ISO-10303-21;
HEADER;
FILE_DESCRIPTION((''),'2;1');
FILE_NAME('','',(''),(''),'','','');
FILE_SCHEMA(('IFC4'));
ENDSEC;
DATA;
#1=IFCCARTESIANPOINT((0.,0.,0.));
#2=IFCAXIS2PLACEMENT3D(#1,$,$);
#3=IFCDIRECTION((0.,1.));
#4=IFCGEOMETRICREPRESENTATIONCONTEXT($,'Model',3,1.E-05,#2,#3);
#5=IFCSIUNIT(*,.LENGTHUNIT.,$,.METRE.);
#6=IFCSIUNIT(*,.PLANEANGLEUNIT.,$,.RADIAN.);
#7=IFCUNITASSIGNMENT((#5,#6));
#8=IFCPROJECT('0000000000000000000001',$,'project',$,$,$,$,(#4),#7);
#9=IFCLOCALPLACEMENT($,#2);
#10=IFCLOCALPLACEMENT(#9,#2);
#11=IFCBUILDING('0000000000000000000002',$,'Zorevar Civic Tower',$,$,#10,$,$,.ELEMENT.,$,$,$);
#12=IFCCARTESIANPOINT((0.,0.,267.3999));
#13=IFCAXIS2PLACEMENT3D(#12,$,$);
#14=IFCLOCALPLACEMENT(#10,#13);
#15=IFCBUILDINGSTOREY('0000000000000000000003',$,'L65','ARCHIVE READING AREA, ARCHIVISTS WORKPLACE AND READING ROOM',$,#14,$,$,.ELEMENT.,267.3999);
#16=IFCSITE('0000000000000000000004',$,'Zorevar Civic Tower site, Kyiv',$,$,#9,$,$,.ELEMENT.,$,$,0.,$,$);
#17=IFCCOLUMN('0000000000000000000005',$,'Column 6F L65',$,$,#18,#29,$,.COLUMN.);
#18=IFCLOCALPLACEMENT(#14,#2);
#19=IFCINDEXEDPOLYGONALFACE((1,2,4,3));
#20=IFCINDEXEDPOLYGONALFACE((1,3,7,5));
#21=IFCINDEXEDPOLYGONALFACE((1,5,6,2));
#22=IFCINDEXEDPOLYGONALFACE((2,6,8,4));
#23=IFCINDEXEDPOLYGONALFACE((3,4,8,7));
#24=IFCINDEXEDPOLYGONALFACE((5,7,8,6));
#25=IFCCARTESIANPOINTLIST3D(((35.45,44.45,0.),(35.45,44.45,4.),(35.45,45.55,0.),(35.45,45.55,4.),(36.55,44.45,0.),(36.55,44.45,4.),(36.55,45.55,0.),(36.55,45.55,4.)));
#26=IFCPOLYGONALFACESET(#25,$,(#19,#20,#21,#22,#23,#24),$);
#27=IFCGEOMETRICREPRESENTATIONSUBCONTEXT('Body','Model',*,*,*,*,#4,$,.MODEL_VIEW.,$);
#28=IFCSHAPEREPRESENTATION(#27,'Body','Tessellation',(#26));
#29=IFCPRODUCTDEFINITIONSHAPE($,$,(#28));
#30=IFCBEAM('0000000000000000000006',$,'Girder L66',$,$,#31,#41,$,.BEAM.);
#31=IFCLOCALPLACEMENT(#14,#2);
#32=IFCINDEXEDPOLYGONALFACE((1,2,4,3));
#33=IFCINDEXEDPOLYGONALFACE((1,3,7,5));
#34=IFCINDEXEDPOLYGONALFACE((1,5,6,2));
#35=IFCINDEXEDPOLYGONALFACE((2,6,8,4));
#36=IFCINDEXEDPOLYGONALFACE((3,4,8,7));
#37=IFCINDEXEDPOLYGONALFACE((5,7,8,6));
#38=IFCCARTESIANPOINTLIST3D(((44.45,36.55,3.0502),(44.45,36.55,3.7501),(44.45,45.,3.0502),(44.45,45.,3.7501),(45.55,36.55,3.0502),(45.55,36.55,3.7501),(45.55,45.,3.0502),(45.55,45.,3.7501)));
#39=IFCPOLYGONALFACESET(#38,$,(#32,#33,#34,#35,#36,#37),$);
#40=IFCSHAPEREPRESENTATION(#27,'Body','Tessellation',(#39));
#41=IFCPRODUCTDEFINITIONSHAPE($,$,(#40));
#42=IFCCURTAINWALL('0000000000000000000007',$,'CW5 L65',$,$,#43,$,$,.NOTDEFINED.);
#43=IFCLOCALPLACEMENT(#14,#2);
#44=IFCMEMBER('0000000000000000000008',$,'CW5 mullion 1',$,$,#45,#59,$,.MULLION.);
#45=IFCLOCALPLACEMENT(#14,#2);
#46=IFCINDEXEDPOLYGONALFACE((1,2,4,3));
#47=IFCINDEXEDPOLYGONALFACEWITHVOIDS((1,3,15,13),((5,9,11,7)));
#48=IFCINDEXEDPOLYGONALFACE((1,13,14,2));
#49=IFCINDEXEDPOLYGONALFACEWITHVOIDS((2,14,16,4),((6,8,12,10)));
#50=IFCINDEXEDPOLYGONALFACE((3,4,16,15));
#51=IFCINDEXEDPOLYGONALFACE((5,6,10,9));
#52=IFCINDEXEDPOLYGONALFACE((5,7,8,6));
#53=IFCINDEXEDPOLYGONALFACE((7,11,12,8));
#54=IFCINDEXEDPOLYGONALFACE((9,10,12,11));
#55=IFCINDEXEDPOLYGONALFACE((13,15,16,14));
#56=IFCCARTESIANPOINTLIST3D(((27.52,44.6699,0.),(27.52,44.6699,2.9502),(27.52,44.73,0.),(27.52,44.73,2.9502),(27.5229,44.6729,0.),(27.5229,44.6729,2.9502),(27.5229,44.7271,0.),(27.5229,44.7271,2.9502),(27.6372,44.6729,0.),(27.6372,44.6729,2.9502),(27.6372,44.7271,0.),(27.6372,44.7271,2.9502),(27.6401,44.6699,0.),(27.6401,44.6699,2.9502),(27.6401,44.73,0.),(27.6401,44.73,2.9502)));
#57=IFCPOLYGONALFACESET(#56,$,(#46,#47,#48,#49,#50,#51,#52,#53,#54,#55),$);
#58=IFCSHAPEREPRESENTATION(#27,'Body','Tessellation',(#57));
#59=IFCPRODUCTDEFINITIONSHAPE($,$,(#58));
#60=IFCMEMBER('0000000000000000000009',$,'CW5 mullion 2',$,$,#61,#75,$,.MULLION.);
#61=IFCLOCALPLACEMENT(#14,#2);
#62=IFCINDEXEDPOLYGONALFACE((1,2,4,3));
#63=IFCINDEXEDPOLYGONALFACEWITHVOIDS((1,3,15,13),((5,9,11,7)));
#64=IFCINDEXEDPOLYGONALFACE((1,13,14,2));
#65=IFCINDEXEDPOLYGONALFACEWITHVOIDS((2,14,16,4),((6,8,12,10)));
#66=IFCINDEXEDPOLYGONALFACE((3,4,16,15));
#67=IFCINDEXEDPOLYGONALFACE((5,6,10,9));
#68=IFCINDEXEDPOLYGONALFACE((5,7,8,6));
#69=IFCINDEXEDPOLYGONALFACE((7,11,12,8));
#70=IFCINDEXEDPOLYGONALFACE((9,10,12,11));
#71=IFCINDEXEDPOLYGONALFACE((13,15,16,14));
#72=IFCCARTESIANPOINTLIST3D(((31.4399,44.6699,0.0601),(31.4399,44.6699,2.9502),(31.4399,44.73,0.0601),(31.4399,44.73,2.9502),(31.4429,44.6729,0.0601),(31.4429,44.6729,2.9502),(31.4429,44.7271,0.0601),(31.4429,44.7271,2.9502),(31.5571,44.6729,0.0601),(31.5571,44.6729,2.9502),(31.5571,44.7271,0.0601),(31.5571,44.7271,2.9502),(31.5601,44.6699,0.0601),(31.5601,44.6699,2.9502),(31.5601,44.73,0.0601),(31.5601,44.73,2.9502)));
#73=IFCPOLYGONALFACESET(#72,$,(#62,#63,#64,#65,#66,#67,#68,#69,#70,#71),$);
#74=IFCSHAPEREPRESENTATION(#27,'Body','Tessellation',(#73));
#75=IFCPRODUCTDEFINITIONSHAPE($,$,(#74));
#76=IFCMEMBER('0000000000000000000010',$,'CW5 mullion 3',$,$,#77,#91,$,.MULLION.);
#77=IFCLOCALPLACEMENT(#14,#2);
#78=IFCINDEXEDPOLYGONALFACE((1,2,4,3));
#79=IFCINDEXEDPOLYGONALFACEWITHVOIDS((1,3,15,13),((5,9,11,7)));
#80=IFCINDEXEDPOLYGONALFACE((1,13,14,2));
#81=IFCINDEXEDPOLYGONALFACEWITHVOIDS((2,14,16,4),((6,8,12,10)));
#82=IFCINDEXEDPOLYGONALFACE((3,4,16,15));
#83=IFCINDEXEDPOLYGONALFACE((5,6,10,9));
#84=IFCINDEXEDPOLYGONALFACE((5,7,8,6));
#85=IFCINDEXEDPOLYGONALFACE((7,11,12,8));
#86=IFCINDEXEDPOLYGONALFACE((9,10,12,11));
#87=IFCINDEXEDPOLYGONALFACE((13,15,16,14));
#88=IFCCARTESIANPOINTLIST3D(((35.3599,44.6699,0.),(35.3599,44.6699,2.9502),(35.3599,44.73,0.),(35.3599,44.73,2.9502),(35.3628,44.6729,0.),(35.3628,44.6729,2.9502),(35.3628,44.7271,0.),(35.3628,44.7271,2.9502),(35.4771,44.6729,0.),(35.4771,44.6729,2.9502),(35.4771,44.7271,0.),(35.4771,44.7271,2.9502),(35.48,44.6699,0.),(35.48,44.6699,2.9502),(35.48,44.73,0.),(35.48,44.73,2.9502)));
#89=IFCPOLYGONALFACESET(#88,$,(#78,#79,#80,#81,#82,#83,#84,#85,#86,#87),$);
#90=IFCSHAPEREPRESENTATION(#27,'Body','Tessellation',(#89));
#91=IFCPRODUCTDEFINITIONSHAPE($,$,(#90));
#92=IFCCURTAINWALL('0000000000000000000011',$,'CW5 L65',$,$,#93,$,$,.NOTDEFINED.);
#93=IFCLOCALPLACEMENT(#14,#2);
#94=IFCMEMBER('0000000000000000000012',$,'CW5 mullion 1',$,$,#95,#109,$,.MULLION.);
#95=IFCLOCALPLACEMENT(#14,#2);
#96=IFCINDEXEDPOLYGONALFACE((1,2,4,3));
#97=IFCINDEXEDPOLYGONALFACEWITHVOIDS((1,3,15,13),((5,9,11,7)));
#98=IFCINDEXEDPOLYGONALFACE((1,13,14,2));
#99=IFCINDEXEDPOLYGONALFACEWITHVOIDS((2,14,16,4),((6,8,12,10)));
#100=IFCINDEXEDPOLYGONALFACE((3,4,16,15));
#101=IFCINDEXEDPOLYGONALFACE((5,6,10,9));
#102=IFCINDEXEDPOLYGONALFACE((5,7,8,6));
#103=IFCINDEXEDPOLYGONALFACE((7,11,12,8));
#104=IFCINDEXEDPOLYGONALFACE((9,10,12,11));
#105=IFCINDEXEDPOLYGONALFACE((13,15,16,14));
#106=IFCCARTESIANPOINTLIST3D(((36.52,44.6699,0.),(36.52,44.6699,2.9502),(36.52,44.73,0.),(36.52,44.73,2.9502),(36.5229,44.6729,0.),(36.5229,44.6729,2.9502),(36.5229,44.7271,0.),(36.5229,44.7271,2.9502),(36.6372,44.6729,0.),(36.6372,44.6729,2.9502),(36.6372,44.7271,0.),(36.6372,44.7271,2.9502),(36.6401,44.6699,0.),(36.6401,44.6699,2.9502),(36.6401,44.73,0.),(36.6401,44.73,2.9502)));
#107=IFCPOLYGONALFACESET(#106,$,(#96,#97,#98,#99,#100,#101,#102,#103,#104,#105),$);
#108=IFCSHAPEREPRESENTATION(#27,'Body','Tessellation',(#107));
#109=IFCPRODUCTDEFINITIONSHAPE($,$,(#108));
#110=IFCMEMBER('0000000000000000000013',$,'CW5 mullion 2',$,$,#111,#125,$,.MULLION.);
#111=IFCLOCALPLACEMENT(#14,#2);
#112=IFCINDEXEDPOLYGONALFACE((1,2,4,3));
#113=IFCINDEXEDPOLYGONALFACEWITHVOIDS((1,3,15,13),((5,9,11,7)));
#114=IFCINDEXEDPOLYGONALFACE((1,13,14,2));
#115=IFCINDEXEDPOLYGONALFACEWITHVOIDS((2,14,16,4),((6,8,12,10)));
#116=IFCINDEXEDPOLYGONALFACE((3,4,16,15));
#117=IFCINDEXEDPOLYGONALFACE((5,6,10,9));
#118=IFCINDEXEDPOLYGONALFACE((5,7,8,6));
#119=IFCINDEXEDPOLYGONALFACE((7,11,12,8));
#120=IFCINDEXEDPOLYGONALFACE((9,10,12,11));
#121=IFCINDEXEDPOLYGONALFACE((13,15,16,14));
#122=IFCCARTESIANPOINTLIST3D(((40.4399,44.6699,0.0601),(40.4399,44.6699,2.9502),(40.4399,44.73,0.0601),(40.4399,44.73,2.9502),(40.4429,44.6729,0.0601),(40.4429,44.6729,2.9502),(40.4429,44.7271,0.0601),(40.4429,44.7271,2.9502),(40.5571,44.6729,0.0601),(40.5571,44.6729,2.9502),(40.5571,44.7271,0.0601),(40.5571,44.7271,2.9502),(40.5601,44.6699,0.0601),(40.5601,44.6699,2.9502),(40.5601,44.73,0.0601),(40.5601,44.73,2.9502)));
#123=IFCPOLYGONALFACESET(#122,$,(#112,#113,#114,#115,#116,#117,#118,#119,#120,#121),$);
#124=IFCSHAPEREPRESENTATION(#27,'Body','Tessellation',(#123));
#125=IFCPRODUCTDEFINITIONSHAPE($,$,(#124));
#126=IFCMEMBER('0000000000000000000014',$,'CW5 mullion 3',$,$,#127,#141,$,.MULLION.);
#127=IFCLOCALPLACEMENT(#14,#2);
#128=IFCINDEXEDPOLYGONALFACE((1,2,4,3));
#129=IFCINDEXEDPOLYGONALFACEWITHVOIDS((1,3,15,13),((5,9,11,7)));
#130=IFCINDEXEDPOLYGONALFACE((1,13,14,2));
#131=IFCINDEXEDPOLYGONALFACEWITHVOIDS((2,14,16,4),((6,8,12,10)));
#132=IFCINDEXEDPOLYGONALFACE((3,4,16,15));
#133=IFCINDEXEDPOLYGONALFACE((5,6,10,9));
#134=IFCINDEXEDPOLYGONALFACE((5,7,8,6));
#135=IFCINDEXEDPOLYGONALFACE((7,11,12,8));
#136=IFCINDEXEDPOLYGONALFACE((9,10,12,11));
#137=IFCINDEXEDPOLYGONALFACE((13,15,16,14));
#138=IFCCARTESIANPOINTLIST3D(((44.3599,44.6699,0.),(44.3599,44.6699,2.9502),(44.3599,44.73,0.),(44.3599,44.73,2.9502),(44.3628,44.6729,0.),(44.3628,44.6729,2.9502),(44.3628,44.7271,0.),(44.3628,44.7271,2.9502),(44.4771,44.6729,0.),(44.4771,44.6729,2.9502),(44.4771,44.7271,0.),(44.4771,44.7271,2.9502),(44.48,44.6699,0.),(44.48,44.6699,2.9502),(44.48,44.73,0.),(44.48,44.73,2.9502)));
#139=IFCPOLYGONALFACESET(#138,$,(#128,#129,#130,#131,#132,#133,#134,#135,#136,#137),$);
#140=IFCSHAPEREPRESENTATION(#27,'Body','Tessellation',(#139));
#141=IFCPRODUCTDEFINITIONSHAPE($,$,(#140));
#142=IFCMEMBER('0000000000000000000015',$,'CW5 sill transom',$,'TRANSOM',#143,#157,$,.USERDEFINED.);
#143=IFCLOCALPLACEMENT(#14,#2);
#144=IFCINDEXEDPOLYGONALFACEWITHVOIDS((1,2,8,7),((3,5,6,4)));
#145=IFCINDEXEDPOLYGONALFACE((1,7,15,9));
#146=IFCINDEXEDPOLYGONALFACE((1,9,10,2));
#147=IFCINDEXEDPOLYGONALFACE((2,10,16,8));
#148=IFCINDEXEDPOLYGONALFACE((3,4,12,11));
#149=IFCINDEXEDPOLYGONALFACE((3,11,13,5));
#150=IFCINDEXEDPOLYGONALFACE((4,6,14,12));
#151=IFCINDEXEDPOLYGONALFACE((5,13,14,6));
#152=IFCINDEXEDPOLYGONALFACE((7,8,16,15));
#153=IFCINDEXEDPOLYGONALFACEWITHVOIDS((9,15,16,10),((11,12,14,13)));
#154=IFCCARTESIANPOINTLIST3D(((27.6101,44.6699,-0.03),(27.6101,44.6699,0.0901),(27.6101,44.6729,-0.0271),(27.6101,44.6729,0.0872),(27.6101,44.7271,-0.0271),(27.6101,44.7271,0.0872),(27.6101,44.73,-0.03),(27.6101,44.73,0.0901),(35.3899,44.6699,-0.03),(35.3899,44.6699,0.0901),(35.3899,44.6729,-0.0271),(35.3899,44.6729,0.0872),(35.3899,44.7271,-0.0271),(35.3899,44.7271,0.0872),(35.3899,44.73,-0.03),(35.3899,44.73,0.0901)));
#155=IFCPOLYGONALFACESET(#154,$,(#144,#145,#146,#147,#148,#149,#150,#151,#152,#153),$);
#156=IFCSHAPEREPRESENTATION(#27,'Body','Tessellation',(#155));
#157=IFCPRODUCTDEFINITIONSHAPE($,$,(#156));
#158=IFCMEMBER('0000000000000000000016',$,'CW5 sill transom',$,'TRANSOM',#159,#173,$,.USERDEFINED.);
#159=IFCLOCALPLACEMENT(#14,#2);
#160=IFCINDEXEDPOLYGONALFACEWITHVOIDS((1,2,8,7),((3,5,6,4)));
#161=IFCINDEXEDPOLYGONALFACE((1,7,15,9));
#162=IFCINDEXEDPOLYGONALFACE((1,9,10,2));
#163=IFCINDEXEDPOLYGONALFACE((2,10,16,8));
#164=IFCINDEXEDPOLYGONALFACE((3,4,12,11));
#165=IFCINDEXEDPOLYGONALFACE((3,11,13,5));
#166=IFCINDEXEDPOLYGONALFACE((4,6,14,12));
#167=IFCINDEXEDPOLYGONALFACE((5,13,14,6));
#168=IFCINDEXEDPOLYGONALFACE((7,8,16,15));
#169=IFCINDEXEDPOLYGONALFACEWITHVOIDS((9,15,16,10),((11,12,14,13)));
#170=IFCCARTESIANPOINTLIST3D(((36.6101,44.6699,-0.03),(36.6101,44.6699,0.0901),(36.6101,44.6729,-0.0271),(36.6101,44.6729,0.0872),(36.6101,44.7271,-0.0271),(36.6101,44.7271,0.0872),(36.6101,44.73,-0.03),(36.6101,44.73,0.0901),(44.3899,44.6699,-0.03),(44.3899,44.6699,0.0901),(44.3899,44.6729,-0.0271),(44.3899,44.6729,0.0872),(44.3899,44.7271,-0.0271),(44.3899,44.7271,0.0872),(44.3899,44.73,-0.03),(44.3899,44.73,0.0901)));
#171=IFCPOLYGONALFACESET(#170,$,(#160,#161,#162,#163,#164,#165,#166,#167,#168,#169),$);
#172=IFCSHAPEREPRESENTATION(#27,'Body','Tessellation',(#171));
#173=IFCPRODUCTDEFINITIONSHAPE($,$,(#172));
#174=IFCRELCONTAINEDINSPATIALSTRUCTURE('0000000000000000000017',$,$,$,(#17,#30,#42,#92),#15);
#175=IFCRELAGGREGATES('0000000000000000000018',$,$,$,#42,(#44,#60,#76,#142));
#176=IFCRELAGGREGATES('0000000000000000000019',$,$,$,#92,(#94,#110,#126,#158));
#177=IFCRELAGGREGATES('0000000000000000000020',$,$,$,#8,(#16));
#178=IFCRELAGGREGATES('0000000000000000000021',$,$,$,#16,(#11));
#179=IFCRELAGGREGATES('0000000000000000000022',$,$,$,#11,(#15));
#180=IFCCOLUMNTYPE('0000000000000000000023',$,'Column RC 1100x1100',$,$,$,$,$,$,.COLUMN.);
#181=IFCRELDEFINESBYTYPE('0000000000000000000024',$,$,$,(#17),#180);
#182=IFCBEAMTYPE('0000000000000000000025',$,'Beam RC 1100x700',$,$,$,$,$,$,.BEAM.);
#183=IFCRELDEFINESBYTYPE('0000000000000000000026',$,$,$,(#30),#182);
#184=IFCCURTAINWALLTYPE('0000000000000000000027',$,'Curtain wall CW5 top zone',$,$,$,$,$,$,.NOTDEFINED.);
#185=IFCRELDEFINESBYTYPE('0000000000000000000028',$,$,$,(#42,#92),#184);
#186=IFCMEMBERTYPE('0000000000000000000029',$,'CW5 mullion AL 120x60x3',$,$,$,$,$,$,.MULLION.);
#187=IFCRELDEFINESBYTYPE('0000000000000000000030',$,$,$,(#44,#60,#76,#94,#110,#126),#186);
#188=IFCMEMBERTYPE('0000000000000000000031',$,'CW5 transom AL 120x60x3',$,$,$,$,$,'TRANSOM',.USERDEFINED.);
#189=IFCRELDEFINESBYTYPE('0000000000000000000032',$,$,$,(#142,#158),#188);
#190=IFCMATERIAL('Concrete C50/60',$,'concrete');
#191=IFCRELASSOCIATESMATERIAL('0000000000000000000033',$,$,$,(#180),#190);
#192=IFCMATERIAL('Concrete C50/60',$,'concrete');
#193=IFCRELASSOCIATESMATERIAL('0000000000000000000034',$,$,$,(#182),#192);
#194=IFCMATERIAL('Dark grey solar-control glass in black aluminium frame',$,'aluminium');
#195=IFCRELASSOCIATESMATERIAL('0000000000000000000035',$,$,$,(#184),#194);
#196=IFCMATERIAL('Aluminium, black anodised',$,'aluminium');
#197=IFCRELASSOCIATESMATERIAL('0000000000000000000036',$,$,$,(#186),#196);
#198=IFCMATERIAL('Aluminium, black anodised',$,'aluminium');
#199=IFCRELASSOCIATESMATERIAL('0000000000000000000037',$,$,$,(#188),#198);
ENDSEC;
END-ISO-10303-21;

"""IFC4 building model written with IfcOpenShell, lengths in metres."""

from ifc_helpers import new_model, si_unit, direction, frame, origin, origin_2d, place, context, subcontext, project, spatial, rectangle, hollow_rectangle, extrude, material, material_profile, profile_set, type_object, element, aggregate, save


model = new_model("IFC4")

# Units and contexts
model_context = context("Model", 3, precision=1e-05, world=origin(), true_north=direction((0.0, 1.0)))
body_context = subcontext(model_context, "Body", "Model", "MODEL_VIEW")
ifc_project = project(units=[si_unit("LENGTHUNIT", "METRE"), si_unit("PLANEANGLEUNIT", "RADIAN")], contexts=[model_context])

# Site, building, storey
site_placement = place(None, origin())
site = spatial("IfcSite", under=ifc_project, at=site_placement, Name="Zorevar Civic Tower site, Kyiv", CompositionType="ELEMENT", RefElevation=0.0)
building_placement = place(site_placement, origin())
building = spatial("IfcBuilding", under=site, at=building_placement, Name="Zorevar Civic Tower", CompositionType="ELEMENT")
storey_placement = place(building_placement, frame((0.0, 0.0, 267.3999)))
storey = spatial("IfcBuildingStorey", under=building, at=storey_placement, Name="L65", Description="ARCHIVE READING AREA, ARCHIVISTS WORKPLACE AND READING ROOM", CompositionType="ELEMENT", Elevation=267.3999)

# Column
ifc_material_1 = material(Name="Concrete C50/60", Category="concrete")
ifc_material_profile_1 = material_profile(ifc_material_1, rectangle(XDim=1.1001, YDim=1.1001, at=origin_2d()), Name="RC 1100x1100")
ifc_profile_set_1 = profile_set([ifc_material_profile_1], Name="Concrete C50/60")
column_type = type_object("IfcColumnType", Name="Column RC 1100x1100", PredefinedType="COLUMN", material=ifc_profile_set_1)
column_placement = place(storey_placement, frame((36.0, 45.0, 0.0), z_axis=(0.0, 0.0, 1.0), x_axis=(1.0, 0.0, 0.0)))
element("IfcColumn", 1, at=column_placement, inside=storey, type_object=column_type, Name="Column 6F L65", PredefinedType="COLUMN", context=body_context, shape_type="SweptSolid", body=[
    extrude(rectangle(XDim=1.1001, YDim=1.1001, at=origin_2d()), origin(), (0.0, 0.0, 1.0), 4.0),
])

# Beam
ifc_material_2 = material(Name="Concrete C50/60", Category="concrete")
ifc_material_profile_2 = material_profile(ifc_material_2, rectangle(XDim=1.1001, YDim=0.7, at=origin_2d()), Name="RC 1100x700")
ifc_profile_set_2 = profile_set([ifc_material_profile_2], Name="Concrete C50/60")
beam_type_1 = type_object("IfcBeamType", Name="Beam RC 1100x700", PredefinedType="BEAM", material=ifc_profile_set_2)
beam_1_placement = place(storey_placement, frame((45.0, 36.55, 3.4001), z_axis=(0.0, 1.0, 0.0), x_axis=(-1.0, 0.0, 0.0)))
element("IfcBeam", 2, at=beam_1_placement, inside=storey, type_object=beam_type_1, Name="Girder L66", PredefinedType="BEAM", context=body_context, shape_type="SweptSolid", body=[
    extrude(rectangle(XDim=1.1001, YDim=0.7, at=origin_2d()), origin(), (0.0, 0.0, 1.0), 8.45),
])

# Curtain walls, members
ifc_material_3 = material(Name="Dark grey solar-control glass in black aluminium frame", Category="aluminium")
curtain_wall_type = type_object("IfcCurtainWallType", Name="Curtain wall CW5 top zone", PredefinedType="NOTDEFINED", material=ifc_material_3)
curtain_wall_1_placement = place(storey_placement, origin())
curtain_wall_1 = element("IfcCurtainWall", 3, at=curtain_wall_1_placement, inside=storey, type_object=curtain_wall_type, Name="CW5 L65", PredefinedType="NOTDEFINED")
ifc_material_4 = material(Name="Aluminium, black anodised", Category="aluminium")
ifc_material_profile_3 = material_profile(ifc_material_4, hollow_rectangle(XDim=0.0601, YDim=0.1201, WallThickness=0.0029, at=origin_2d()), Name="AL 120x60x3")
ifc_profile_set_3 = profile_set([ifc_material_profile_3], Name="Aluminium, black anodised")
member_type_1 = type_object("IfcMemberType", Name="CW5 mullion AL 120x60x3", PredefinedType="MULLION", material=ifc_profile_set_3)
member_1_placement = place(storey_placement, frame((27.5801, 44.7, 0.0), z_axis=(0.0, 0.0, 1.0), x_axis=(0.0, 1.0, 0.0)))
member_1 = element("IfcMember", 4, at=member_1_placement, type_object=member_type_1, Name="CW5 mullion 1", PredefinedType="MULLION", context=body_context, shape_type="SweptSolid", body=[
    extrude(hollow_rectangle(XDim=0.0601, YDim=0.1201, WallThickness=0.0029, at=origin_2d()), origin(), (0.0, 0.0, 1.0), 2.9502),
])
member_2_placement = place(storey_placement, frame((31.5, 44.7, 0.0601), z_axis=(0.0, 0.0, 1.0), x_axis=(0.0, 1.0, 0.0)))
member_2 = element("IfcMember", 5, at=member_2_placement, type_object=member_type_1, Name="CW5 mullion 2", PredefinedType="MULLION", context=body_context, shape_type="SweptSolid", body=[
    extrude(hollow_rectangle(XDim=0.0601, YDim=0.1201, WallThickness=0.0029, at=origin_2d()), origin(), (0.0, 0.0, 1.0), 2.8901),
])
member_3_placement = place(storey_placement, frame((35.4199, 44.7, 0.0), z_axis=(0.0, 0.0, 1.0), x_axis=(0.0, 1.0, 0.0)))
member_3 = element("IfcMember", 6, at=member_3_placement, type_object=member_type_1, Name="CW5 mullion 3", PredefinedType="MULLION", context=body_context, shape_type="SweptSolid", body=[
    extrude(hollow_rectangle(XDim=0.0601, YDim=0.1201, WallThickness=0.0029, at=origin_2d()), origin(), (0.0, 0.0, 1.0), 2.9502),
])
curtain_wall_2_placement = place(storey_placement, origin())
curtain_wall_2 = element("IfcCurtainWall", 7, at=curtain_wall_2_placement, inside=storey, type_object=curtain_wall_type, Name="CW5 L65", PredefinedType="NOTDEFINED")
member_4_placement = place(storey_placement, frame((36.5801, 44.7, 0.0), z_axis=(0.0, 0.0, 1.0), x_axis=(0.0, 1.0, 0.0)))
member_4 = element("IfcMember", 8, at=member_4_placement, type_object=member_type_1, Name="CW5 mullion 1", PredefinedType="MULLION", context=body_context, shape_type="SweptSolid", body=[
    extrude(hollow_rectangle(XDim=0.0601, YDim=0.1201, WallThickness=0.0029, at=origin_2d()), origin(), (0.0, 0.0, 1.0), 2.9502),
])
member_5_placement = place(storey_placement, frame((40.5, 44.7, 0.0601), z_axis=(0.0, 0.0, 1.0), x_axis=(0.0, 1.0, 0.0)))
member_5 = element("IfcMember", 9, at=member_5_placement, type_object=member_type_1, Name="CW5 mullion 2", PredefinedType="MULLION", context=body_context, shape_type="SweptSolid", body=[
    extrude(hollow_rectangle(XDim=0.0601, YDim=0.1201, WallThickness=0.0029, at=origin_2d()), origin(), (0.0, 0.0, 1.0), 2.8901),
])
member_6_placement = place(storey_placement, frame((44.4199, 44.7, 0.0), z_axis=(0.0, 0.0, 1.0), x_axis=(0.0, 1.0, 0.0)))
member_6 = element("IfcMember", 10, at=member_6_placement, type_object=member_type_1, Name="CW5 mullion 3", PredefinedType="MULLION", context=body_context, shape_type="SweptSolid", body=[
    extrude(hollow_rectangle(XDim=0.0601, YDim=0.1201, WallThickness=0.0029, at=origin_2d()), origin(), (0.0, 0.0, 1.0), 2.9502),
])

# Members
ifc_material_5 = material(Name="Aluminium, black anodised", Category="aluminium")
ifc_material_profile_4 = material_profile(ifc_material_5, hollow_rectangle(XDim=0.0601, YDim=0.1201, WallThickness=0.0029, at=origin_2d()), Name="AL 120x60x3")
ifc_profile_set_4 = profile_set([ifc_material_profile_4], Name="Aluminium, black anodised")
member_type_2 = type_object("IfcMemberType", Name="CW5 transom AL 120x60x3", ElementType="TRANSOM", PredefinedType="USERDEFINED", material=ifc_profile_set_4)
member_7_placement = place(storey_placement, frame((27.6101, 44.7, 0.03), z_axis=(1.0, 0.0, 0.0), x_axis=(0.0, 1.0, 0.0)))
member_7 = element("IfcMember", 11, at=member_7_placement, type_object=member_type_2, Name="CW5 sill transom", ObjectType="TRANSOM", PredefinedType="USERDEFINED", context=body_context, shape_type="SweptSolid", body=[
    extrude(hollow_rectangle(XDim=0.0601, YDim=0.1201, WallThickness=0.0029, at=origin_2d()), origin(), (0.0, 0.0, 1.0), 7.7798),
])
member_8_placement = place(storey_placement, frame((36.6101, 44.7, 0.03), z_axis=(1.0, 0.0, 0.0), x_axis=(0.0, 1.0, 0.0)))
member_8 = element("IfcMember", 12, at=member_8_placement, type_object=member_type_2, Name="CW5 sill transom", ObjectType="TRANSOM", PredefinedType="USERDEFINED", context=body_context, shape_type="SweptSolid", body=[
    extrude(hollow_rectangle(XDim=0.0601, YDim=0.1201, WallThickness=0.0029, at=origin_2d()), origin(), (0.0, 0.0, 1.0), 7.7798),
])

aggregate(curtain_wall_1, [member_1, member_2, member_3, member_7])
aggregate(curtain_wall_2, [member_4, member_5, member_6, member_8])

save(model, "model.ifc")
